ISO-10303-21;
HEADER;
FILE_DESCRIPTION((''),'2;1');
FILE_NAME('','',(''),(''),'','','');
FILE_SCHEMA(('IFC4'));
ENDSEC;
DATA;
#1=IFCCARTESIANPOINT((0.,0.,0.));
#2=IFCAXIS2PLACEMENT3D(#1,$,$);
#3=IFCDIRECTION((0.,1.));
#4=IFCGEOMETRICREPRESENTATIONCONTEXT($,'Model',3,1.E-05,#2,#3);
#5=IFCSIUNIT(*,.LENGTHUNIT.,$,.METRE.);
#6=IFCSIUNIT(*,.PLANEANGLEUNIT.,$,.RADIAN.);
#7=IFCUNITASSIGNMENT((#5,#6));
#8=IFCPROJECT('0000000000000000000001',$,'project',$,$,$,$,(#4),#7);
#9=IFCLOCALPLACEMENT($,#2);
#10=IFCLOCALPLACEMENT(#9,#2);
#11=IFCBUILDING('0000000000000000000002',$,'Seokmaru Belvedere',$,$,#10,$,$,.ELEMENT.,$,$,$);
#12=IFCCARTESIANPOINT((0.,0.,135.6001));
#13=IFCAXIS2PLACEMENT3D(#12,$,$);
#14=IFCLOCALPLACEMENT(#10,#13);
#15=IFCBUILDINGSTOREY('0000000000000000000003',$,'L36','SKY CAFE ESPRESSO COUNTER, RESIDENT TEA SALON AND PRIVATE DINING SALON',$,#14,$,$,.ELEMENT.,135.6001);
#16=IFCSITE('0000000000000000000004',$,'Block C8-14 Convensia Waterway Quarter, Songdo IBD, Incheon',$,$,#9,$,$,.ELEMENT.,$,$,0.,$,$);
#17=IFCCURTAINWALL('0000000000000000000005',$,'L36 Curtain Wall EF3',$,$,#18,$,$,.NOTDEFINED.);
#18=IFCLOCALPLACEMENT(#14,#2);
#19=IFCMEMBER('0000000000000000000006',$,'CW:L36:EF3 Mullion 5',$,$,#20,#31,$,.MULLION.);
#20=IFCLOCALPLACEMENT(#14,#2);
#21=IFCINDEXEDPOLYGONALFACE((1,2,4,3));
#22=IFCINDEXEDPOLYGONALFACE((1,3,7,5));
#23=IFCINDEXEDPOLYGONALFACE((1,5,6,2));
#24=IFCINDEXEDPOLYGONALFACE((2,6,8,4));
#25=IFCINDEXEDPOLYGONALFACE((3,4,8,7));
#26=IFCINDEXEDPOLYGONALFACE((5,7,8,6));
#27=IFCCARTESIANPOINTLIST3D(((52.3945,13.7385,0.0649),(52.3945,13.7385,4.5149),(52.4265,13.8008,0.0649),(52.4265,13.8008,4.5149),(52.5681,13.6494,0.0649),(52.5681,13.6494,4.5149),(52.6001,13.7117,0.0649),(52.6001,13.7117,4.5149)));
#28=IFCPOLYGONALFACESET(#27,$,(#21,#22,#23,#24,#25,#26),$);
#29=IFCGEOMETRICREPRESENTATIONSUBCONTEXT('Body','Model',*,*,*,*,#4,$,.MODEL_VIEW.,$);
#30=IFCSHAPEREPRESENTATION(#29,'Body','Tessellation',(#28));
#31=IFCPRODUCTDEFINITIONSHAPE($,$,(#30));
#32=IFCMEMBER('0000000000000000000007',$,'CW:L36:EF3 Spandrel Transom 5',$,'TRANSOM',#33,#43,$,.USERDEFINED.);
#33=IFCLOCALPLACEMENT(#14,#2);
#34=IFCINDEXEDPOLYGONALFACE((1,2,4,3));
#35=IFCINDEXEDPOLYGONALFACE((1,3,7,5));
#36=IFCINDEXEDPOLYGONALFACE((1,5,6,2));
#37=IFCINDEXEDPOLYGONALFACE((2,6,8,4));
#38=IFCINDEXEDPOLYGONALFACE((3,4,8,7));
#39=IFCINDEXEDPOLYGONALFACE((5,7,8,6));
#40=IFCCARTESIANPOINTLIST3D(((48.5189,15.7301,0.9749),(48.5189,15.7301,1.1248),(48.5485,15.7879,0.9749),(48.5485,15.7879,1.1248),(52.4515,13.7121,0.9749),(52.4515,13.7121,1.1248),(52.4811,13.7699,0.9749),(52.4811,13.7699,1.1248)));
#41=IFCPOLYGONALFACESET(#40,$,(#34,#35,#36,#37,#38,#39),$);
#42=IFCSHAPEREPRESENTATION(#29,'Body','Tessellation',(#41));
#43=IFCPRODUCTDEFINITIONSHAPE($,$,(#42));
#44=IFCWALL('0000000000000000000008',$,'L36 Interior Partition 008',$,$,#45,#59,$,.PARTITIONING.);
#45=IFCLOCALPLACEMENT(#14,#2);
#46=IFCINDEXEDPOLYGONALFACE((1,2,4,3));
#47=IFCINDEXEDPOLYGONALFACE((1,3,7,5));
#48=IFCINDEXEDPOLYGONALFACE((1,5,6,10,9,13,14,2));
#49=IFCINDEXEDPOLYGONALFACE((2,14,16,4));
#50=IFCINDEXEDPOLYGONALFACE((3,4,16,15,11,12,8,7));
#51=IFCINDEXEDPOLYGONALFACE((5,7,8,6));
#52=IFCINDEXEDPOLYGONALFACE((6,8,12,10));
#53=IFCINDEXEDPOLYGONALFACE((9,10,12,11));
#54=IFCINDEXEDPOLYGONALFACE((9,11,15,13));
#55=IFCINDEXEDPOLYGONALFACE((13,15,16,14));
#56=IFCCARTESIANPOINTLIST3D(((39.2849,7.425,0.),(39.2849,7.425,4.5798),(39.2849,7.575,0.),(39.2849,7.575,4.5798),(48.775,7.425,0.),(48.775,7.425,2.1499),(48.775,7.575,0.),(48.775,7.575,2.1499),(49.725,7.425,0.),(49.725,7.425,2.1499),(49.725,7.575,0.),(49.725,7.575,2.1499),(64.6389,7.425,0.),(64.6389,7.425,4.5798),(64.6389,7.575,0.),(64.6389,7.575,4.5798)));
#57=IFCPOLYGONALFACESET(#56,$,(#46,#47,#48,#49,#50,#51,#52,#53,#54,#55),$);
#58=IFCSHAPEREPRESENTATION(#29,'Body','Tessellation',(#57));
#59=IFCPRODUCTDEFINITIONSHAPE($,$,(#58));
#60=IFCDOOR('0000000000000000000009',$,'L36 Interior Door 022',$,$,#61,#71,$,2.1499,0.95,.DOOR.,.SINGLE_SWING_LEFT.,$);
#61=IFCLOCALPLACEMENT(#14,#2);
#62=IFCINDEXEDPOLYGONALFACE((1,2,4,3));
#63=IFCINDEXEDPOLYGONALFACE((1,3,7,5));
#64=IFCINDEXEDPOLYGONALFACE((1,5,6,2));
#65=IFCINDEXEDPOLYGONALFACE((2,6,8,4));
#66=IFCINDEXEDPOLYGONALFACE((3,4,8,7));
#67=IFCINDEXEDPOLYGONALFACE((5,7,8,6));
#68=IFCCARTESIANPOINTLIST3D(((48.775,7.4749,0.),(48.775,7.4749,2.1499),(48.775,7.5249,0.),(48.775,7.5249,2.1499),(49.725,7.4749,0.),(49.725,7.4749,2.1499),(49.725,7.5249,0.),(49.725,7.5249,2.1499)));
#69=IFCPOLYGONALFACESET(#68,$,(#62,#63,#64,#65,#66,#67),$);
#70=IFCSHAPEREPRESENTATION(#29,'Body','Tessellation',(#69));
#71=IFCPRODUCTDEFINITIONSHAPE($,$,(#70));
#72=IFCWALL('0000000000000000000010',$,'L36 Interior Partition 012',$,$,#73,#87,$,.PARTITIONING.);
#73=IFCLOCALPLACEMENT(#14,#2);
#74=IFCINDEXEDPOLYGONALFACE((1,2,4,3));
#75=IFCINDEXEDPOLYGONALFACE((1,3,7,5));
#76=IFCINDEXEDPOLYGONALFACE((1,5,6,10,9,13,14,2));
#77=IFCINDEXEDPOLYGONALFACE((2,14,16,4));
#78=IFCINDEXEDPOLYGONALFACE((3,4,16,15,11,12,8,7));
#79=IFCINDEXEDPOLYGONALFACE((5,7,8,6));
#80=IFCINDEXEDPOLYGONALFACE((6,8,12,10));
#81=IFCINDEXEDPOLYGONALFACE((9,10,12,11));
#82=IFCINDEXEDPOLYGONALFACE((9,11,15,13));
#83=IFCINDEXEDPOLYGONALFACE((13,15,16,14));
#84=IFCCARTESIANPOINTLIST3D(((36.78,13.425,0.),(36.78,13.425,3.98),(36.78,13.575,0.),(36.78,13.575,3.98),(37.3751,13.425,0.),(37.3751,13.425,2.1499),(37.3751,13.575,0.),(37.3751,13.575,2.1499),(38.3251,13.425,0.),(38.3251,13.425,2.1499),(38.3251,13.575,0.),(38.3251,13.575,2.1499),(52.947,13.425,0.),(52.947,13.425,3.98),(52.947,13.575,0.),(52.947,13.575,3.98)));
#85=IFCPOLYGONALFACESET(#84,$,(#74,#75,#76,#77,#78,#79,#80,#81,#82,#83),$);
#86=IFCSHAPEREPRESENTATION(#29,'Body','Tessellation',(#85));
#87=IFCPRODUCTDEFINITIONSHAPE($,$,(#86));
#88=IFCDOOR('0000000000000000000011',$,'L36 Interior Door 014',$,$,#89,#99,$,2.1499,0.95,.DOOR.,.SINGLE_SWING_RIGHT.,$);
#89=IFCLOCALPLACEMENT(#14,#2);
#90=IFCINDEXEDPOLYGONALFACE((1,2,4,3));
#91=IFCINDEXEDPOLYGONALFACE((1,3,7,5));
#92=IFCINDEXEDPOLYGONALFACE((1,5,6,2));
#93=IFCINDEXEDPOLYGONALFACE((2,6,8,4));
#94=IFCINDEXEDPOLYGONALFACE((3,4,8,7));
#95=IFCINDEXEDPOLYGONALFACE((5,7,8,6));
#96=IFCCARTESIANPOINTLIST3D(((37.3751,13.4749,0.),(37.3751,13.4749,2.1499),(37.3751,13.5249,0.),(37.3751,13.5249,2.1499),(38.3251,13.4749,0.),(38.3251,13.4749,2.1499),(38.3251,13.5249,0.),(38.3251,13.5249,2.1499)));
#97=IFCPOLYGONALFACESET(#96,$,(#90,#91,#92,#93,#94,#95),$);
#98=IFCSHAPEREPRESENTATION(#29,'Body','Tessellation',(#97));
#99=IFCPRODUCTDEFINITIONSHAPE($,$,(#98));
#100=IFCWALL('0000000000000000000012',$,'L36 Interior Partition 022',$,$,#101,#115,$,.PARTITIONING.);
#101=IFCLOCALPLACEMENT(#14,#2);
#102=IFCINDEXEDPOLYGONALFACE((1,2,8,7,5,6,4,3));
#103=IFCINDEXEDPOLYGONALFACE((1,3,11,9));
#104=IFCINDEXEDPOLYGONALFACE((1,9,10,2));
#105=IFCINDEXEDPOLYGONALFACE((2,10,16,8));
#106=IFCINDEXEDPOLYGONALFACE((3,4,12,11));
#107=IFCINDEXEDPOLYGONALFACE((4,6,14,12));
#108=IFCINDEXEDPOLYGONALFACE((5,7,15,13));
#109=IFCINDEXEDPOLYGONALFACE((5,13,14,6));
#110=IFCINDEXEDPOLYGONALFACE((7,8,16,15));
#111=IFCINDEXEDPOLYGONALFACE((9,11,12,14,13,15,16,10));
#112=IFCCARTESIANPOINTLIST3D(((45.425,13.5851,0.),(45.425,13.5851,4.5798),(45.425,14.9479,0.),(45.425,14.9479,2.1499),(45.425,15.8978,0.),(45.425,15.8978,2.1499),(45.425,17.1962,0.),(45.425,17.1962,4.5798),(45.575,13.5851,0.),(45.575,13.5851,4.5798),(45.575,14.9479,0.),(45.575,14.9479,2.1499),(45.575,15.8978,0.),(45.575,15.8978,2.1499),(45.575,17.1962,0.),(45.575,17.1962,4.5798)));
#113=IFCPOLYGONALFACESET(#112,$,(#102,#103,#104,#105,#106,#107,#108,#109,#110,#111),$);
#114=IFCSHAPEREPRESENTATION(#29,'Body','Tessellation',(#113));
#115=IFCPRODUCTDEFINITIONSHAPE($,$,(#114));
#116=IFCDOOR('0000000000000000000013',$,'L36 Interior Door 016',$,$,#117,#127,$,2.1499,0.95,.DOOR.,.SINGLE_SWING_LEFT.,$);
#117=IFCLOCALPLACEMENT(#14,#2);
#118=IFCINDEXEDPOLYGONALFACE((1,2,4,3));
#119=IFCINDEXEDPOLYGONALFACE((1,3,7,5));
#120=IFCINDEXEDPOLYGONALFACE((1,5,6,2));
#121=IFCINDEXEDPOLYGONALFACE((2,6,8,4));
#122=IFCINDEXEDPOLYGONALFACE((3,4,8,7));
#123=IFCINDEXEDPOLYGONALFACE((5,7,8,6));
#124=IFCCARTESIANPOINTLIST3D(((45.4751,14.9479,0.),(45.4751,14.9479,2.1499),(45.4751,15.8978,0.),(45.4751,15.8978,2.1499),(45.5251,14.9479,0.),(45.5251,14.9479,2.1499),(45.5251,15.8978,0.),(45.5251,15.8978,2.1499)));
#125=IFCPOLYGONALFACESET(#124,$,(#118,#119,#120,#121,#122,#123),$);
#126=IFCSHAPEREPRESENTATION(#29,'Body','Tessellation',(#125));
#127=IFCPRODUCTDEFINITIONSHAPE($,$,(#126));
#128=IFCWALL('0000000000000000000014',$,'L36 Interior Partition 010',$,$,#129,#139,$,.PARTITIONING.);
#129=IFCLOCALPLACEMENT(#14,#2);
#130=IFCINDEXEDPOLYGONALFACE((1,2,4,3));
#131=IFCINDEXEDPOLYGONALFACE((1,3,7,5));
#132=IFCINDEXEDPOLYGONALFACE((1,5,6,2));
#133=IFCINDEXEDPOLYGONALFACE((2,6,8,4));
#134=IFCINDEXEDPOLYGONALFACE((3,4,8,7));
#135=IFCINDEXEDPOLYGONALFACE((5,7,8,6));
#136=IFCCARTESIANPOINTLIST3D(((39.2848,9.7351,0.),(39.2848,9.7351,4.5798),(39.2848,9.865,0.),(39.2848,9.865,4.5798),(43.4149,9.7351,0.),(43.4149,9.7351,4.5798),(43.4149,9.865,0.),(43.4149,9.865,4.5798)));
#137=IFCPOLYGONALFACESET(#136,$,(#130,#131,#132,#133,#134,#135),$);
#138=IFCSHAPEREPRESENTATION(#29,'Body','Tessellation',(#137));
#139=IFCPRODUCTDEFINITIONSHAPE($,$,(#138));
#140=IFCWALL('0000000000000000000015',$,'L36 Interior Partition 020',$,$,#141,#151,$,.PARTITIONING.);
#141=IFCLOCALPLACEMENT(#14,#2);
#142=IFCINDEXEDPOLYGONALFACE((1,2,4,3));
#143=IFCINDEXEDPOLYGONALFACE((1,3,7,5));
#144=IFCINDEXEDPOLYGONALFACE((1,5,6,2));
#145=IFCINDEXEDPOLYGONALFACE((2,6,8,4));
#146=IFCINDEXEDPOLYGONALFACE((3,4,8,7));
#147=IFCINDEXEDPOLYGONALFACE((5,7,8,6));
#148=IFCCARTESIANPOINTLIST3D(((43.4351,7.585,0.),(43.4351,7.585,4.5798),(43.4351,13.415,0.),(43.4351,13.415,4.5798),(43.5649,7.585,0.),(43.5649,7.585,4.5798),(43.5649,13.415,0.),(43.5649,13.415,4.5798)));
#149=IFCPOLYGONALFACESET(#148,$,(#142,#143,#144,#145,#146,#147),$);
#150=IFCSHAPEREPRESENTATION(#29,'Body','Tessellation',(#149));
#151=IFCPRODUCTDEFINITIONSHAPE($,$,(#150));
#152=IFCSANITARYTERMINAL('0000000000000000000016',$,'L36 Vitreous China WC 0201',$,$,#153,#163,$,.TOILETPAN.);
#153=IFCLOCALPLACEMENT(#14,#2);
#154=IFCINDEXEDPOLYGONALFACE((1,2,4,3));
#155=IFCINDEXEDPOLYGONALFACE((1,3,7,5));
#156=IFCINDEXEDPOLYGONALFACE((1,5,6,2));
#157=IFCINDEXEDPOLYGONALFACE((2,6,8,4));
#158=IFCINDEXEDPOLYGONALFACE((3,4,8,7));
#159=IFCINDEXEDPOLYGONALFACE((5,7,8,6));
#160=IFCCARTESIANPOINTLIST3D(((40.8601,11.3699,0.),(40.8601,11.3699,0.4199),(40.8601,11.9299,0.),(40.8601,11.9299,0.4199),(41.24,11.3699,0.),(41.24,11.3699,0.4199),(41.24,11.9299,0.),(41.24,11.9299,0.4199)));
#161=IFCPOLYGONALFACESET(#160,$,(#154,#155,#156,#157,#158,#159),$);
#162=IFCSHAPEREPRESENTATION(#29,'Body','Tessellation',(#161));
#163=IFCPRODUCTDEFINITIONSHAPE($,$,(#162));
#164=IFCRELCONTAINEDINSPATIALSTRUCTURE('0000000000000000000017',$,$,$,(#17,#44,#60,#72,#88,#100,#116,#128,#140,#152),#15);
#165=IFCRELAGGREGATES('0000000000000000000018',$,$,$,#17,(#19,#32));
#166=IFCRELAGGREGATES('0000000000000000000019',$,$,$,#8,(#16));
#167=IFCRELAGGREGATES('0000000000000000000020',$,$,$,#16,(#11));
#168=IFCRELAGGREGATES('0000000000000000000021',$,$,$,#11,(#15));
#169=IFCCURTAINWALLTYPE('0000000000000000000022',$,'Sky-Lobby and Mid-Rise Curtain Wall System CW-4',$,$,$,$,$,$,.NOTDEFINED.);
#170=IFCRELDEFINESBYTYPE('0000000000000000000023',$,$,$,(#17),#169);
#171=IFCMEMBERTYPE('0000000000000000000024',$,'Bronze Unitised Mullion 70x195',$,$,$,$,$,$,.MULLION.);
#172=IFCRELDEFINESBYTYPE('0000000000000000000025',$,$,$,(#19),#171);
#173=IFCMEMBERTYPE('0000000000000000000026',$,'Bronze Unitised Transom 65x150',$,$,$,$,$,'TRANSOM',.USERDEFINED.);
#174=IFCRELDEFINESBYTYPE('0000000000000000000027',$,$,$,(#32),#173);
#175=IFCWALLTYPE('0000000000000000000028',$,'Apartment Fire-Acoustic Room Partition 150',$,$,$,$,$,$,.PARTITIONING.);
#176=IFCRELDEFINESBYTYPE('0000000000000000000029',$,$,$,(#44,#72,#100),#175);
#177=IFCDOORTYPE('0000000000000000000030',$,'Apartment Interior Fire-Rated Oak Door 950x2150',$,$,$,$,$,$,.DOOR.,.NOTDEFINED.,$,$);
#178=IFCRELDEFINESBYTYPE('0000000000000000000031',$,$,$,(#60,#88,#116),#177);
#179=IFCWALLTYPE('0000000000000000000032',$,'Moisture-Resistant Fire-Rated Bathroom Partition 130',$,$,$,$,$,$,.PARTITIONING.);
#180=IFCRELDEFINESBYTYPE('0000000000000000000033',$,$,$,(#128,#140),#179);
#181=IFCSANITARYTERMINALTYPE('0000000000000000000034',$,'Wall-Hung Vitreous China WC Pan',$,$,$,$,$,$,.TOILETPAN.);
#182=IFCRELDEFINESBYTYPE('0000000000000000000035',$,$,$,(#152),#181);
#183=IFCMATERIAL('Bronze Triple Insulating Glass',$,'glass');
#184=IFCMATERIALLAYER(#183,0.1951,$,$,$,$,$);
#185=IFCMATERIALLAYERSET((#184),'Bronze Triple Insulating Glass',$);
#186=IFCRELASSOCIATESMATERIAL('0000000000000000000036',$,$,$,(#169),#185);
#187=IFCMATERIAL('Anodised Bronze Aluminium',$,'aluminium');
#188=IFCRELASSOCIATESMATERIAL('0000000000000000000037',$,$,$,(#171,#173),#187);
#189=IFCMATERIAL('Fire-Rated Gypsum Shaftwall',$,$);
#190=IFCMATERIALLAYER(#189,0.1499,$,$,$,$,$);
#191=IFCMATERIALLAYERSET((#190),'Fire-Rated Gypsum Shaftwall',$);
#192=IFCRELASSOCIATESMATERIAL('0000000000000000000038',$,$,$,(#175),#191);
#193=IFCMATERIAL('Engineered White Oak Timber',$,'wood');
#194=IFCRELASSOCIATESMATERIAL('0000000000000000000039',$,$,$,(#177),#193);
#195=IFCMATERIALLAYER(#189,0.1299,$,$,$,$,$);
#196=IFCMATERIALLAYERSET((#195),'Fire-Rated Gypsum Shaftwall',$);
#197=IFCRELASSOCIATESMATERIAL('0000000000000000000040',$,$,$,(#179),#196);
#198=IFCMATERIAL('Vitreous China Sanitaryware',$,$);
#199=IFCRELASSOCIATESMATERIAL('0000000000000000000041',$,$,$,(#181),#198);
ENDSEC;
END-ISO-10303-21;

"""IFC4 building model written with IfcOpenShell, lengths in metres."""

from ifc_helpers import new_model, si_unit, direction, frame, frame_2d, origin, origin_2d, place, context, subcontext, project, spatial, rectangle, extrude, source, transform, mapped, material, layer, layer_set, material_profile, profile_set, type_object, type_shapes, element, fill, aggregate, save


model = new_model("IFC4")

# Units and contexts
model_context = context("Model", 3, precision=1e-05, world=origin(), true_north=direction((0.0, 1.0)))
body_context = subcontext(model_context, "Body", "Model", "MODEL_VIEW")
ifc_project = project(units=[si_unit("LENGTHUNIT", "METRE"), si_unit("PLANEANGLEUNIT", "RADIAN")], contexts=[model_context])

# Site, building, storey
site_placement = place(None, origin())
site = spatial("IfcSite", under=ifc_project, at=site_placement, Name="Block C8-14 Convensia Waterway Quarter, Songdo IBD, Incheon", CompositionType="ELEMENT", RefElevation=0.0)
building_placement = place(site_placement, origin())
building = spatial("IfcBuilding", under=site, at=building_placement, Name="Seokmaru Belvedere", CompositionType="ELEMENT")
storey_placement = place(building_placement, frame((0.0, 0.0, 135.6001)))
storey = spatial("IfcBuildingStorey", under=building, at=storey_placement, Name="L36", Description="SKY CAFE ESPRESSO COUNTER, RESIDENT TEA SALON AND PRIVATE DINING SALON", CompositionType="ELEMENT", Elevation=135.6001)

# Curtain wall, members
ifc_material_1 = material(Name="Bronze Triple Insulating Glass", Category="glass")
ifc_layer_1 = layer(ifc_material_1, 0.1951)
ifc_layer_set_1 = layer_set([ifc_layer_1], Name="Bronze Triple Insulating Glass")
curtain_wall_type = type_object("IfcCurtainWallType", Name="Sky-Lobby and Mid-Rise Curtain Wall System CW-4", PredefinedType="NOTDEFINED", material=ifc_layer_set_1)
curtain_wall_placement = place(storey_placement, origin())
curtain_wall = element("IfcCurtainWall", 1, at=curtain_wall_placement, inside=storey, type_object=curtain_wall_type, Name="L36 Curtain Wall EF3", PredefinedType="NOTDEFINED")
ifc_material_2 = material(Name="Anodised Bronze Aluminium", Category="aluminium")
ifc_material_profile_1 = material_profile(ifc_material_2, rectangle(XDim=0.0701, YDim=0.1951, at=origin_2d()), Name="CW-M-70x195")
ifc_profile_set_1 = profile_set([ifc_material_profile_1], Name="Anodised Bronze Aluminium")
member_type_1 = type_object("IfcMemberType", Name="Bronze Unitised Mullion 70x195", PredefinedType="MULLION", material=ifc_profile_set_1)
shared_shape_1 = source(origin(), body_context, "Body", "SweptSolid", [
    extrude(rectangle(XDim=0.0701, YDim=0.1951, at=origin_2d()), origin(), (0.0, 0.0, 1.0), 4.45),
])
type_shapes(member_type_1, [shared_shape_1])
member_1_placement = place(storey_placement, frame((52.4973, 13.7251, 0.0649), z_axis=(0.0, 0.0, 1.0), x_axis=(-0.456555, -0.889695, 0.0)))
member_1 = element("IfcMember", 2, at=member_1_placement, type_object=member_type_1, Name="CW:L36:EF3 Mullion 5", PredefinedType="MULLION", context=body_context, shape_type="MappedRepresentation", body=[
    mapped(shared_shape_1, transform((0.0, 0.0, 0.0), scale=1.0)),
])
ifc_material_profile_2 = material_profile(ifc_material_2, rectangle(XDim=0.0649, YDim=0.1499, at=origin_2d()), Name="CW-T-65x150")
ifc_profile_set_2 = profile_set([ifc_material_profile_2], Name="Anodised Bronze Aluminium")
member_type_2 = type_object("IfcMemberType", Name="Bronze Unitised Transom 65x150", ElementType="TRANSOM", PredefinedType="USERDEFINED", material=ifc_profile_set_2)
shared_shape_2 = source(origin(), body_context, "Body", "SweptSolid", [
    extrude(rectangle(XDim=0.0649, YDim=0.1499, at=origin_2d()), origin(), (0.0, 0.0, 1.0), 4.4202),
])
type_shapes(member_type_2, [shared_shape_2])
member_2_placement = place(storey_placement, frame((52.4663, 13.741, 1.0498), z_axis=(-0.889694, 0.456557, 0.0), x_axis=(-0.456557, -0.889694, 0.0)))
member_2 = element("IfcMember", 3, at=member_2_placement, type_object=member_type_2, Name="CW:L36:EF3 Spandrel Transom 5", ObjectType="TRANSOM", PredefinedType="USERDEFINED", context=body_context, shape_type="MappedRepresentation", body=[
    mapped(shared_shape_2, transform((0.0, 0.0, 0.0), scale=1.0)),
])
aggregate(curtain_wall, [member_1, member_2])

# Walls, openings, doors
ifc_material_3 = material(Name="Fire-Rated Gypsum Shaftwall")
ifc_layer_2 = layer(ifc_material_3, 0.1499)
ifc_layer_set_2 = layer_set([ifc_layer_2], Name="Fire-Rated Gypsum Shaftwall")
wall_type_1 = type_object("IfcWallType", Name="Apartment Fire-Acoustic Room Partition 150", PredefinedType="PARTITIONING", material=ifc_layer_set_2)
wall_1_placement = place(storey_placement, frame((39.2849, 7.5, 0.0), z_axis=(0.0, 0.0, 1.0), x_axis=(1.0, 0.0, 0.0)))
wall_1 = element("IfcWall", 4, at=wall_1_placement, inside=storey, type_object=wall_type_1, Name="L36 Interior Partition 008", PredefinedType="PARTITIONING", context=body_context, shape_type="SweptSolid", body=[
    extrude(rectangle(XDim=25.354, YDim=0.1499, at=frame_2d((12.677, 0.0))), origin(), (0.0, 0.0, 1.0), 4.5798),
])
opening_1_placement = place(wall_1_placement, frame((9.49, 0.0, 0.0)))
opening_1 = element("IfcOpeningElement", 5, at=opening_1_placement, cuts=wall_1, PredefinedType="OPENING", context=body_context, shape_type="SweptSolid", body=[
    extrude(rectangle(XDim=0.95, YDim=2.1499, at=frame_2d((0.4751, 1.075))), frame((0.0, 0.085, 0.0), z_axis=(0.0, -1.0, 0.0), x_axis=(1.0, 0.0, 0.0)), (0.0, 0.0, 1.0), 0.1699),
])
ifc_material_4 = material(Name="Engineered White Oak Timber", Category="wood")
door_type = type_object("IfcDoorType", Name="Apartment Interior Fire-Rated Oak Door 950x2150", OperationType="NOTDEFINED", PredefinedType="DOOR", material=ifc_material_4)
shared_shape_3 = source(origin(), body_context, "Body", "SweptSolid", [
    extrude(rectangle(XDim=0.95, YDim=2.1499, at=frame_2d((0.4751, 1.075))), frame((0.0, 0.0249, 0.0), z_axis=(0.0, -1.0, 0.0), x_axis=(1.0, 0.0, 0.0)), (0.0, 0.0, 1.0), 0.05),
])
type_shapes(door_type, [shared_shape_3])
door_1_placement = place(opening_1_placement, origin())
door_1 = element("IfcDoor", 6, at=door_1_placement, inside=storey, type_object=door_type, Name="L36 Interior Door 022", OperationType="SINGLE_SWING_LEFT", OverallHeight=2.1499, OverallWidth=0.95, PredefinedType="DOOR", context=body_context, shape_type="MappedRepresentation", body=[
    mapped(shared_shape_3, transform((0.0, 0.0, 0.0), scale=1.0)),
])
fill(opening_1, door_1)
wall_2_placement = place(storey_placement, frame((36.78, 13.5, 0.0), z_axis=(0.0, 0.0, 1.0), x_axis=(1.0, 0.0, 0.0)))
wall_2 = element("IfcWall", 7, at=wall_2_placement, inside=storey, type_object=wall_type_1, Name="L36 Interior Partition 012", PredefinedType="PARTITIONING", context=body_context, shape_type="SweptSolid", body=[
    extrude(rectangle(XDim=16.167, YDim=0.1499, at=frame_2d((8.0835, 0.0))), origin(), (0.0, 0.0, 1.0), 3.98),
])
opening_2_placement = place(wall_2_placement, frame((0.595, 0.0, 0.0)))
opening_2 = element("IfcOpeningElement", 8, at=opening_2_placement, cuts=wall_2, PredefinedType="OPENING", context=body_context, shape_type="SweptSolid", body=[
    extrude(rectangle(XDim=0.95, YDim=2.1499, at=frame_2d((0.4751, 1.075))), frame((0.0, 0.085, 0.0), z_axis=(0.0, -1.0, 0.0), x_axis=(1.0, 0.0, 0.0)), (0.0, 0.0, 1.0), 0.1699),
])
door_2_placement = place(opening_2_placement, origin())
door_2 = element("IfcDoor", 9, at=door_2_placement, inside=storey, type_object=door_type, Name="L36 Interior Door 014", OperationType="SINGLE_SWING_RIGHT", OverallHeight=2.1499, OverallWidth=0.95, PredefinedType="DOOR", context=body_context, shape_type="MappedRepresentation", body=[
    mapped(shared_shape_3, transform((0.0, 0.0, 0.0), scale=1.0)),
])
fill(opening_2, door_2)
wall_3_placement = place(storey_placement, frame((45.5, 13.585, 0.0), z_axis=(0.0, 0.0, 1.0), x_axis=(0.0, 1.0, 0.0)))
wall_3 = element("IfcWall", 10, at=wall_3_placement, inside=storey, type_object=wall_type_1, Name="L36 Interior Partition 022", PredefinedType="PARTITIONING", context=body_context, shape_type="SweptSolid", body=[
    extrude(rectangle(XDim=3.6111, YDim=0.1499, at=frame_2d((1.8057, 0.0))), origin(), (0.0, 0.0, 1.0), 4.5798),
])
opening_3_placement = place(wall_3_placement, frame((1.3628, 0.0, 0.0)))
opening_3 = element("IfcOpeningElement", 11, at=opening_3_placement, cuts=wall_3, PredefinedType="OPENING", context=body_context, shape_type="SweptSolid", body=[
    extrude(rectangle(XDim=0.95, YDim=2.1499, at=frame_2d((0.4751, 1.075))), frame((0.0, 0.085, 0.0), z_axis=(0.0, -1.0, 0.0), x_axis=(1.0, 0.0, 0.0)), (0.0, 0.0, 1.0), 0.1699),
])
door_3_placement = place(opening_3_placement, origin())
door_3 = element("IfcDoor", 12, at=door_3_placement, inside=storey, type_object=door_type, Name="L36 Interior Door 016", OperationType="SINGLE_SWING_LEFT", OverallHeight=2.1499, OverallWidth=0.95, PredefinedType="DOOR", context=body_context, shape_type="MappedRepresentation", body=[
    mapped(shared_shape_3, transform((0.0, 0.0, 0.0), scale=1.0)),
])
fill(opening_3, door_3)

# Walls
ifc_layer_3 = layer(ifc_material_3, 0.1299)
ifc_layer_set_3 = layer_set([ifc_layer_3], Name="Fire-Rated Gypsum Shaftwall")
wall_type_2 = type_object("IfcWallType", Name="Moisture-Resistant Fire-Rated Bathroom Partition 130", PredefinedType="PARTITIONING", material=ifc_layer_set_3)
wall_4_placement = place(storey_placement, frame((39.2849, 9.8, 0.0), z_axis=(0.0, 0.0, 1.0), x_axis=(1.0, 0.0, 0.0)))
element("IfcWall", 13, at=wall_4_placement, inside=storey, type_object=wall_type_2, Name="L36 Interior Partition 010", PredefinedType="PARTITIONING", context=body_context, shape_type="SweptSolid", body=[
    extrude(rectangle(XDim=4.1301, YDim=0.1299, at=frame_2d((2.0649, 0.0))), origin(), (0.0, 0.0, 1.0), 4.5798),
])
wall_5_placement = place(storey_placement, frame((43.5, 7.585, 0.0), z_axis=(0.0, 0.0, 1.0), x_axis=(0.0, 1.0, 0.0)))
element("IfcWall", 14, at=wall_5_placement, inside=storey, type_object=wall_type_2, Name="L36 Interior Partition 020", PredefinedType="PARTITIONING", context=body_context, shape_type="SweptSolid", body=[
    extrude(rectangle(XDim=5.8301, YDim=0.1299, at=frame_2d((2.915, 0.0))), origin(), (0.0, 0.0, 1.0), 4.5798),
])

# Sanitary terminal
ifc_material_5 = material(Name="Vitreous China Sanitaryware")
sanitary_terminal_type_1 = type_object("IfcSanitaryTerminalType", Name="Wall-Hung Vitreous China WC Pan", PredefinedType="TOILETPAN", material=ifc_material_5)
shared_shape_4 = source(origin(), body_context, "Body", "SweptSolid", [
    extrude(rectangle(XDim=0.3799, YDim=0.5601, at=origin_2d()), origin(), (0.0, 0.0, 1.0), 0.4199),
])
type_shapes(sanitary_terminal_type_1, [shared_shape_4])
sanitary_terminal_1_placement = place(storey_placement, frame((41.05, 11.6499, 0.0), z_axis=(0.0, 0.0, 1.0), x_axis=(1.0, 0.0, 0.0)))
element("IfcSanitaryTerminal", 15, at=sanitary_terminal_1_placement, inside=storey, type_object=sanitary_terminal_type_1, Name="L36 Vitreous China WC 0201", PredefinedType="TOILETPAN", context=body_context, shape_type="MappedRepresentation", body=[
    mapped(shared_shape_4, transform((0.0, 0.0, 0.0), scale=1.0)),
])

save(model, "model.ifc")
